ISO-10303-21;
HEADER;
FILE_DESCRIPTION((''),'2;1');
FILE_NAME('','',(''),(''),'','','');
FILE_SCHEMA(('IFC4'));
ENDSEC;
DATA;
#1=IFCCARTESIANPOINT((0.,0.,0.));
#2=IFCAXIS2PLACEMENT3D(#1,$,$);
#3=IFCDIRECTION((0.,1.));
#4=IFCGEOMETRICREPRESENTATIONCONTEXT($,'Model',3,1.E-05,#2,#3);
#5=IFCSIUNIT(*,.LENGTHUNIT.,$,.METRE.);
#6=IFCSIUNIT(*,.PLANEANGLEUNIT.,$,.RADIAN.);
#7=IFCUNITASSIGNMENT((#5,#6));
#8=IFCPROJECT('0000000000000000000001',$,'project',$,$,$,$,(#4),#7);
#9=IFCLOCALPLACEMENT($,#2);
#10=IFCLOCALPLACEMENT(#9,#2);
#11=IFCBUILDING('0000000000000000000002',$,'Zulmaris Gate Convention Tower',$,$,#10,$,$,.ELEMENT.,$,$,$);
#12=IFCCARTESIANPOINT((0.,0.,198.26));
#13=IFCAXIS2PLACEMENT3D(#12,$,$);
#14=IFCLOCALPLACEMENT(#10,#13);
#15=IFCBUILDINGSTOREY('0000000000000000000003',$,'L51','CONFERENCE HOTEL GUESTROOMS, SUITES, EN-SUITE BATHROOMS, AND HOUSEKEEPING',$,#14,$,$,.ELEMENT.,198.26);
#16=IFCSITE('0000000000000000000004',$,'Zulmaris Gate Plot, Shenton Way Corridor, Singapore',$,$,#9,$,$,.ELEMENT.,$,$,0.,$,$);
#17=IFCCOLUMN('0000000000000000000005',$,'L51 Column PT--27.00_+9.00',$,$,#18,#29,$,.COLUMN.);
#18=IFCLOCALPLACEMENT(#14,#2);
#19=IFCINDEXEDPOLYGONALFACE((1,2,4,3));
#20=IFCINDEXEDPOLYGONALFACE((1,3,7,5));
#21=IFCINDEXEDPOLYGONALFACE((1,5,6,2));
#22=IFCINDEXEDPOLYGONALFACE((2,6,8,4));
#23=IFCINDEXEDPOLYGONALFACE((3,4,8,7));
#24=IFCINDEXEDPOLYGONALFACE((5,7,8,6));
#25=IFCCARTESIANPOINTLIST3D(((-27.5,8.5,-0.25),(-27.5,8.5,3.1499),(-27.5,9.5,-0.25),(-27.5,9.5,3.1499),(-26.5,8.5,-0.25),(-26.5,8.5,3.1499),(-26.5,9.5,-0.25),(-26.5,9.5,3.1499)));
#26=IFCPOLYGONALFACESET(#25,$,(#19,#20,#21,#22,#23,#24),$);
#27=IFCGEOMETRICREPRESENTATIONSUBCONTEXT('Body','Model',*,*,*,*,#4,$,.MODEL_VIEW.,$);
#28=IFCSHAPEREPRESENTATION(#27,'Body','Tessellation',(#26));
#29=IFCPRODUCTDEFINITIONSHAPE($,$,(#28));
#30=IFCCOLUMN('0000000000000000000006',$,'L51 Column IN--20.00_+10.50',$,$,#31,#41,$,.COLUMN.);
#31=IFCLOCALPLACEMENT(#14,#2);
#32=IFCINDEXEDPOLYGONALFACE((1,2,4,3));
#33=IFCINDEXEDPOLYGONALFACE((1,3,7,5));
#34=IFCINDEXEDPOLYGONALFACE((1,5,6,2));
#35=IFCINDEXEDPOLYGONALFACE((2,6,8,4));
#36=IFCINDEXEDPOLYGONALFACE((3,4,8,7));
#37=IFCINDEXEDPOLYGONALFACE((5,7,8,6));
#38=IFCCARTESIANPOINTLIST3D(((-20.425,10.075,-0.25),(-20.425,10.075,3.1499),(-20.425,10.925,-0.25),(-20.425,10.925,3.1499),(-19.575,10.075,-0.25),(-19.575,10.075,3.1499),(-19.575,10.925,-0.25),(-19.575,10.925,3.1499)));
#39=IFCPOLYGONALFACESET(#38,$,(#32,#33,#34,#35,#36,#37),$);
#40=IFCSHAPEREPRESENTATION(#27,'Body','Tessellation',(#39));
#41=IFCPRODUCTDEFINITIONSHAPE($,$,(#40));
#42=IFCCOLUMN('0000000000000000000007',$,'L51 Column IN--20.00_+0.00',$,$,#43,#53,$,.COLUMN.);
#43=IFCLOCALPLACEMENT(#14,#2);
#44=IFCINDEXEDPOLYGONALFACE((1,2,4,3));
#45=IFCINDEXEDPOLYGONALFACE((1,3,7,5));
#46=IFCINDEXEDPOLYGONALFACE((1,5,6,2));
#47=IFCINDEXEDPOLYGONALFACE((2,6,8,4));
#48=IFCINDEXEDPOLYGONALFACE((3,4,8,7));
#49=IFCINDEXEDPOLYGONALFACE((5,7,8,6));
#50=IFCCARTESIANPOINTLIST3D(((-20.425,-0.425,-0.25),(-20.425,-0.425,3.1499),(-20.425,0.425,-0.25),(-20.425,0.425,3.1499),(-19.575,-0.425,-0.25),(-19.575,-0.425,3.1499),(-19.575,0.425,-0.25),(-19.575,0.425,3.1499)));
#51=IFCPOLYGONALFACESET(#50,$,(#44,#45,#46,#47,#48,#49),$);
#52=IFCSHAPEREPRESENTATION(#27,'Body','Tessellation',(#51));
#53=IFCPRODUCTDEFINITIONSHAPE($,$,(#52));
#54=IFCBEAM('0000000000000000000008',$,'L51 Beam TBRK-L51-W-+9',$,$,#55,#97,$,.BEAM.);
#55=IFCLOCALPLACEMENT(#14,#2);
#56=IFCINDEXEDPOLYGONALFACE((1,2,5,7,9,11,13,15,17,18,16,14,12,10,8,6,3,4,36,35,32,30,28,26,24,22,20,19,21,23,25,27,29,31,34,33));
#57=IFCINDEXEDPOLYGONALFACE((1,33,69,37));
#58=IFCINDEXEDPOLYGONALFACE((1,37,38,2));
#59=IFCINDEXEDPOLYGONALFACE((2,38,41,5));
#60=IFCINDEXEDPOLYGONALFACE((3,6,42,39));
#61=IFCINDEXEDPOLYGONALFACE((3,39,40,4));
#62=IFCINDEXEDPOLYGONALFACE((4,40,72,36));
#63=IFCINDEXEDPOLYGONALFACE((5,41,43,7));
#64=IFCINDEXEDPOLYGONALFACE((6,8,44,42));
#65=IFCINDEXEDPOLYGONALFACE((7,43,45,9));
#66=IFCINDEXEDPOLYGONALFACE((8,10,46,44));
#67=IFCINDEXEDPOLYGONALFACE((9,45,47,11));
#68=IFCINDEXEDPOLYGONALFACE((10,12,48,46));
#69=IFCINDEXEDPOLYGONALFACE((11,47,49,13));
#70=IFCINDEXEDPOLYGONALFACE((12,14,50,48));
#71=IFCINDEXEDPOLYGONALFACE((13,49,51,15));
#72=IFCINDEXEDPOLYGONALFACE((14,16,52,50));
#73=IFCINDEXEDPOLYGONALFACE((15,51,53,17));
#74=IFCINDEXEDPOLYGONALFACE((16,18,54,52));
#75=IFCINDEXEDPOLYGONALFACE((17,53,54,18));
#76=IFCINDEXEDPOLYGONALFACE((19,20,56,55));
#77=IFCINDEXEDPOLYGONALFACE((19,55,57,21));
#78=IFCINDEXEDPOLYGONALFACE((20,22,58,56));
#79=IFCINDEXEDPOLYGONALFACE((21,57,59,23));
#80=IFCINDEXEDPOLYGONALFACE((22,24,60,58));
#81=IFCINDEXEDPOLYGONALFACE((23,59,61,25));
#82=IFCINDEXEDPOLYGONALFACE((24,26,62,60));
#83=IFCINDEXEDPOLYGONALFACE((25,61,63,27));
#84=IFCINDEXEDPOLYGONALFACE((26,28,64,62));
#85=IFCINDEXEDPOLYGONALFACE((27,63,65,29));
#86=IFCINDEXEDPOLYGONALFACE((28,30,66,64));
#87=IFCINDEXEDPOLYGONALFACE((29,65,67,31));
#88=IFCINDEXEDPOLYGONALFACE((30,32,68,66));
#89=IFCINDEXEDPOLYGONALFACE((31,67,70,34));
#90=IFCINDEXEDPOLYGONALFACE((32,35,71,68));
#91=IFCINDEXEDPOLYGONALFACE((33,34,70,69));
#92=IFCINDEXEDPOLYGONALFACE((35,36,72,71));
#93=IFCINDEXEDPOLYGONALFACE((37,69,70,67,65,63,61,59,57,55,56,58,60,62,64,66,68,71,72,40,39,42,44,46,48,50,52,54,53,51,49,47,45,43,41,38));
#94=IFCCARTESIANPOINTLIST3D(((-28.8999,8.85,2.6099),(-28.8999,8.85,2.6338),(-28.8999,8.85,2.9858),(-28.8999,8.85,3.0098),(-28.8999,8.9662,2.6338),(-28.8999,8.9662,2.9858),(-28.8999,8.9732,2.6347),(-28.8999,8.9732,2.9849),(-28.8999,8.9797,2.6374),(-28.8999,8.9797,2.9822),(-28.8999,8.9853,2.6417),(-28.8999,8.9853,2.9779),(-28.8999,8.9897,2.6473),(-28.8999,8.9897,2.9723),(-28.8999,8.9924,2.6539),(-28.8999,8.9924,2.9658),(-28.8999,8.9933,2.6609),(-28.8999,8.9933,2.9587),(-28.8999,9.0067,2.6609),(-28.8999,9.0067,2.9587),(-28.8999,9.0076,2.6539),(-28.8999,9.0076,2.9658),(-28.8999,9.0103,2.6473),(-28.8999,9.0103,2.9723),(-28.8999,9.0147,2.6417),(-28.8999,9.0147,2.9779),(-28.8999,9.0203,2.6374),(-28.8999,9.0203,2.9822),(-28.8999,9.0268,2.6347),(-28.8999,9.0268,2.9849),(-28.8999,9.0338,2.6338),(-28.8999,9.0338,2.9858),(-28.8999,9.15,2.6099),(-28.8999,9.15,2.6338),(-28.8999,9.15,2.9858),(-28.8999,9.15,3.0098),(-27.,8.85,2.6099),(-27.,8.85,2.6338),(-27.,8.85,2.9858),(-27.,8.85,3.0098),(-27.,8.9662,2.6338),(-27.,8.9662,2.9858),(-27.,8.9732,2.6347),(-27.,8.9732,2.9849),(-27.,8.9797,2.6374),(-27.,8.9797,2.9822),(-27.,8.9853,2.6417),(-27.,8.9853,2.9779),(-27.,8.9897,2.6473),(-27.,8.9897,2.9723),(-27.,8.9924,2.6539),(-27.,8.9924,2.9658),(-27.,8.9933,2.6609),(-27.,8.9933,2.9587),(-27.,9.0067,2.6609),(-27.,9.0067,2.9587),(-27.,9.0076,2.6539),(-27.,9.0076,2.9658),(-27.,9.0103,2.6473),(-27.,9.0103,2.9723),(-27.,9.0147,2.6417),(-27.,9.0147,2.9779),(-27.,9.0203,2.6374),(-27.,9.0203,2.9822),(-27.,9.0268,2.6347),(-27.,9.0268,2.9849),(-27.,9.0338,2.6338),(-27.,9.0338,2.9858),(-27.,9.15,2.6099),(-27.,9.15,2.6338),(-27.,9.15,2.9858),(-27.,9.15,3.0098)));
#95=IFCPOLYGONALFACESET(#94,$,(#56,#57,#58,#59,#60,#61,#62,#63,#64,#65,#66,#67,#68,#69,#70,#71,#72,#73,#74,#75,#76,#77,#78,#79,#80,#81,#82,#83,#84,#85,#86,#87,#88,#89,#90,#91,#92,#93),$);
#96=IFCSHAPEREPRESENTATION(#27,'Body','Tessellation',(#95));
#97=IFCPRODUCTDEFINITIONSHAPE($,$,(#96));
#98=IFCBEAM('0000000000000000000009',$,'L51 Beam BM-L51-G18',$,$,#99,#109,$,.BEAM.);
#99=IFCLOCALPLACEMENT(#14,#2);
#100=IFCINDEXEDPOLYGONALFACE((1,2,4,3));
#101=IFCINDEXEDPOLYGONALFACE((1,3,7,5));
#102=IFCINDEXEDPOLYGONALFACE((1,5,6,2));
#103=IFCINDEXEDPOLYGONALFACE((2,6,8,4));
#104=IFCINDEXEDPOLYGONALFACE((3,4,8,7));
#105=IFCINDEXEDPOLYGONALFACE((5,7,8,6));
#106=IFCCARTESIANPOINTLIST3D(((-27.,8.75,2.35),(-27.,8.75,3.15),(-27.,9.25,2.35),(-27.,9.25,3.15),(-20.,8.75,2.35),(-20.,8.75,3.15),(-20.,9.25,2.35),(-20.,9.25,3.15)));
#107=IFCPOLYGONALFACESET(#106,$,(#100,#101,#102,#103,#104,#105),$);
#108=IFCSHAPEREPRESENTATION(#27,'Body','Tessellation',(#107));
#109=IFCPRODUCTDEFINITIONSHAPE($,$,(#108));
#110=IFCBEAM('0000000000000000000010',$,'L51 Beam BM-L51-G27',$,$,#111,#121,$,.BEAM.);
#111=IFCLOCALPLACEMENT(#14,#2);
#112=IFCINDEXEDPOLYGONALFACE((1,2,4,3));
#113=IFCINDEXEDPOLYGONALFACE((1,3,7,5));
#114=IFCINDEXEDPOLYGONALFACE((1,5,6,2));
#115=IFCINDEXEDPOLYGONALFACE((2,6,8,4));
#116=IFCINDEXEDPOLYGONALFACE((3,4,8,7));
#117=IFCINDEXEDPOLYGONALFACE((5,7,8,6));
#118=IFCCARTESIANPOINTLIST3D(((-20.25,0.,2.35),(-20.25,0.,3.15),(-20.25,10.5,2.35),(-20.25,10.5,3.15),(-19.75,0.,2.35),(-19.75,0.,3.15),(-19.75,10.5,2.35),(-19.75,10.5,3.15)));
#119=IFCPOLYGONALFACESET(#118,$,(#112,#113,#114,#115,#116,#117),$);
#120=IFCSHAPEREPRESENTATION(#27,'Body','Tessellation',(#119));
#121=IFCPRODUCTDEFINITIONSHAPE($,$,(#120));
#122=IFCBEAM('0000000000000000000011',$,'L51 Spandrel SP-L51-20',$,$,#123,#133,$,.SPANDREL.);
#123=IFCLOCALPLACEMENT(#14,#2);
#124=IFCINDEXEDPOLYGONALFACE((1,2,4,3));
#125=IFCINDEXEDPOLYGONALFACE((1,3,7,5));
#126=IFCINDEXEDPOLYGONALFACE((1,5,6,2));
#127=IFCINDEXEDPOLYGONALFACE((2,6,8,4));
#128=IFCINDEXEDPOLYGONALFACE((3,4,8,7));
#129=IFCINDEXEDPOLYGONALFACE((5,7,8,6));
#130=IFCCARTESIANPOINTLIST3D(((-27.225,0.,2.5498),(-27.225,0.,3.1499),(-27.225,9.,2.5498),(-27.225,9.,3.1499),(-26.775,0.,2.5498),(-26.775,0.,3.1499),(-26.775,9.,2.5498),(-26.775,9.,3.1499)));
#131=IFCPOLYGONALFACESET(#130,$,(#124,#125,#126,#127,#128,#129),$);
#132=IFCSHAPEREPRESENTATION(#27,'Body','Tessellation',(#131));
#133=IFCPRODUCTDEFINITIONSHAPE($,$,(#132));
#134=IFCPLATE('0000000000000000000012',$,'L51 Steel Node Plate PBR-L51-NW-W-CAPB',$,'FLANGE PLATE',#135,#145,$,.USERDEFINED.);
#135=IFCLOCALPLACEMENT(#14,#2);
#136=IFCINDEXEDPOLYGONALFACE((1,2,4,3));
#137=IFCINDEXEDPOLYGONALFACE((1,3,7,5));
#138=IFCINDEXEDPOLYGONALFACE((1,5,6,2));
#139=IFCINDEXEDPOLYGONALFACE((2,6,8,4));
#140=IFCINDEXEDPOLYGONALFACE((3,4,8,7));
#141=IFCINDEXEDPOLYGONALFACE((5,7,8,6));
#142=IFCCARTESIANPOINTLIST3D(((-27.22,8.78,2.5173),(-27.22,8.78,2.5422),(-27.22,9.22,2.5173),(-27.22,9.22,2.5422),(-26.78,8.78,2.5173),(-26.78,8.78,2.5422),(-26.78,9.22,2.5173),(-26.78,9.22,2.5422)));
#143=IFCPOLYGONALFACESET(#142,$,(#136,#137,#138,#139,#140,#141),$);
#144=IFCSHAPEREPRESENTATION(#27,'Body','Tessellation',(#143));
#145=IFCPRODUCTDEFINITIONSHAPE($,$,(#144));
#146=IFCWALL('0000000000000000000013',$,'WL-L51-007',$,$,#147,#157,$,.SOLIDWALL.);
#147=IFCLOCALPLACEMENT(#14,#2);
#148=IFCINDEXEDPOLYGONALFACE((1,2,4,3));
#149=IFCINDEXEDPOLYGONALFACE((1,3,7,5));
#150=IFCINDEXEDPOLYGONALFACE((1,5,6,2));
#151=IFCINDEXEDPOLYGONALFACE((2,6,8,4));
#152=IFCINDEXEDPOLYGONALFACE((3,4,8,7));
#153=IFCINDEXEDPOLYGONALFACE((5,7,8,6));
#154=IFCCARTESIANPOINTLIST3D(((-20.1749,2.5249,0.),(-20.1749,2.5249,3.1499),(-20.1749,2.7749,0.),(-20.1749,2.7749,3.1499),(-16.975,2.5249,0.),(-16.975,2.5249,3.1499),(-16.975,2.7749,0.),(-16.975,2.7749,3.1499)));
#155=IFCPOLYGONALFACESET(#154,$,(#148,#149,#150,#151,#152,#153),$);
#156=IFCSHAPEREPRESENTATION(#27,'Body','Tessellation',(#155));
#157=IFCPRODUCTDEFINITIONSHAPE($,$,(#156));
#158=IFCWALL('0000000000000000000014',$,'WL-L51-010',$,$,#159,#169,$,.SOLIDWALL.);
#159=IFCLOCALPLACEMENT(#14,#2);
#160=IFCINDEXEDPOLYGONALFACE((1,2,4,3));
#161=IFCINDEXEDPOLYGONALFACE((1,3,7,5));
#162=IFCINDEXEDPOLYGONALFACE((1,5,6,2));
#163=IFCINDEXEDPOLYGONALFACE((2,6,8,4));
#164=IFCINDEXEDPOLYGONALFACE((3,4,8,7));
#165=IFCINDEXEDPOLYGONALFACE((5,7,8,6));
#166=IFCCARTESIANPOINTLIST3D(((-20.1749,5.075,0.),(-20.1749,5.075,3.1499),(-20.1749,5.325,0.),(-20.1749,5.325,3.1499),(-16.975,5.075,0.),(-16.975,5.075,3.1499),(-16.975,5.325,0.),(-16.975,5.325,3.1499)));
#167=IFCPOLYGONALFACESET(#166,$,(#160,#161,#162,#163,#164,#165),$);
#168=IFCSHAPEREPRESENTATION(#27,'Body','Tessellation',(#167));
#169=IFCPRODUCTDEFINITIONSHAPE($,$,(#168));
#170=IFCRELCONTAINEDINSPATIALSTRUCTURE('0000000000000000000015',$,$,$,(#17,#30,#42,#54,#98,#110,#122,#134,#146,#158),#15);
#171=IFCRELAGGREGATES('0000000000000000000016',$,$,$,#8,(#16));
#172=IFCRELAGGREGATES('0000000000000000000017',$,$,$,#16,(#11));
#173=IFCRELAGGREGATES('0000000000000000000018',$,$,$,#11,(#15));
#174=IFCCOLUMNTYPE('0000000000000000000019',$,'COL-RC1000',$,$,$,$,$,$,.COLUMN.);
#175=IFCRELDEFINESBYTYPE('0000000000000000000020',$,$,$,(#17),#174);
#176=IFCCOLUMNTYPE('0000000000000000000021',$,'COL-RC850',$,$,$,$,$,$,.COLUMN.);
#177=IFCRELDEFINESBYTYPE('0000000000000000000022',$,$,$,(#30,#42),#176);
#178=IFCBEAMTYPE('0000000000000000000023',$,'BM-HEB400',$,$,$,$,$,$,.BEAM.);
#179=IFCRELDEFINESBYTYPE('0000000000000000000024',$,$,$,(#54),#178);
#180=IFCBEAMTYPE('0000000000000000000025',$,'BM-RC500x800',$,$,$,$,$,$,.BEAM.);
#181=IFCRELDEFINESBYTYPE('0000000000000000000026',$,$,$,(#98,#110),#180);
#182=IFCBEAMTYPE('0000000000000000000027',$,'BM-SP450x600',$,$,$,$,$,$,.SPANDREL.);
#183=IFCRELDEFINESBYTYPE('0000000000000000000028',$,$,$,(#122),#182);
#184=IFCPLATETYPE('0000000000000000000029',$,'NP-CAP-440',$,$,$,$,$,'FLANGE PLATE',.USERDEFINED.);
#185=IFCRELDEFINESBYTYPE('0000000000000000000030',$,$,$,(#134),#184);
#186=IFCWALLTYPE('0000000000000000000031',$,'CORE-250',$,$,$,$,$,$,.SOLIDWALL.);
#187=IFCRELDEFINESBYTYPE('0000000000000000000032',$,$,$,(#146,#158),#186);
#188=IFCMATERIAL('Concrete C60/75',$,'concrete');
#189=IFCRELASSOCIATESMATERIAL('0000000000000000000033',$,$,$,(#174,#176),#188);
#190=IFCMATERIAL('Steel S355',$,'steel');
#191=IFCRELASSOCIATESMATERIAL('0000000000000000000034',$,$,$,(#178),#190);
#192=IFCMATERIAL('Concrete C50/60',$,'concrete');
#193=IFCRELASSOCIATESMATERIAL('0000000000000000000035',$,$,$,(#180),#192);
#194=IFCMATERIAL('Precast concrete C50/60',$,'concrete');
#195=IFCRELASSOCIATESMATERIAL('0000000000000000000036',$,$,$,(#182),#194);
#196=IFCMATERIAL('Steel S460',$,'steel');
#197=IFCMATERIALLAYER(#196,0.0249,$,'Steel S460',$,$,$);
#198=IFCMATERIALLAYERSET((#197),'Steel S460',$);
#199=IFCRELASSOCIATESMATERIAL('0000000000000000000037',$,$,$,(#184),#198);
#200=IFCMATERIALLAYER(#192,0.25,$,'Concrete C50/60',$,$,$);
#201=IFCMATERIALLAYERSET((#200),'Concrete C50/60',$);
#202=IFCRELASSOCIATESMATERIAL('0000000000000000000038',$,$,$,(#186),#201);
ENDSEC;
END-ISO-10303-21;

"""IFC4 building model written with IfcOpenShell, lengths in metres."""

from ifc_helpers import new_model, si_unit, direction, frame, frame_2d, origin, origin_2d, place, context, subcontext, project, spatial, rectangle, i_section, extrude, material, layer, layer_set, material_profile, profile_set, type_object, element, save


model = new_model("IFC4")

# Units and contexts
model_context = context("Model", 3, precision=1e-05, world=origin(), true_north=direction((0.0, 1.0)))
body_context = subcontext(model_context, "Body", "Model", "MODEL_VIEW")
ifc_project = project(units=[si_unit("LENGTHUNIT", "METRE"), si_unit("PLANEANGLEUNIT", "RADIAN")], contexts=[model_context])

# Site, building, storey
site_placement = place(None, origin())
site = spatial("IfcSite", under=ifc_project, at=site_placement, Name="Zulmaris Gate Plot, Shenton Way Corridor, Singapore", CompositionType="ELEMENT", RefElevation=0.0)
building_placement = place(site_placement, origin())
building = spatial("IfcBuilding", under=site, at=building_placement, Name="Zulmaris Gate Convention Tower", CompositionType="ELEMENT")
storey_placement = place(building_placement, frame((0.0, 0.0, 198.26)))
storey = spatial("IfcBuildingStorey", under=building, at=storey_placement, Name="L51", Description="CONFERENCE HOTEL GUESTROOMS, SUITES, EN-SUITE BATHROOMS, AND HOUSEKEEPING", CompositionType="ELEMENT", Elevation=198.26)

# Columns
ifc_material_1 = material(Name="Concrete C60/75", Category="concrete")
ifc_material_profile_1 = material_profile(ifc_material_1, rectangle(XDim=1.0, YDim=1.0, at=origin_2d()), Name="RC COL 1000x1000")
ifc_profile_set_1 = profile_set([ifc_material_profile_1], Name="Concrete C60/75")
column_type_1 = type_object("IfcColumnType", Name="COL-RC1000", PredefinedType="COLUMN", material=ifc_profile_set_1)
column_placement = place(storey_placement, frame((-27.0, 9.0, -0.25), z_axis=(0.0, 0.0, 1.0), x_axis=(1.0, 0.0, 0.0)))
element("IfcColumn", 1, at=column_placement, inside=storey, type_object=column_type_1, Name="L51 Column PT--27.00_+9.00", PredefinedType="COLUMN", context=body_context, shape_type="SweptSolid", body=[
    extrude(rectangle(XDim=1.0, YDim=1.0, at=origin_2d()), origin(), (0.0, 0.0, 1.0), 3.3999),
])
ifc_material_profile_2 = material_profile(ifc_material_1, rectangle(XDim=0.8501, YDim=0.8501, at=origin_2d()), Name="RC COL 850x850")
ifc_profile_set_2 = profile_set([ifc_material_profile_2], Name="Concrete C60/75")
column_type_2 = type_object("IfcColumnType", Name="COL-RC850", PredefinedType="COLUMN", material=ifc_profile_set_2)
for number, where, z_axis, x_axis, name in (
    (2, (-20.0, 10.5, -0.25), (0.0, 0.0, 1.0), (1.0, 0.0, 0.0), "L51 Column IN--20.00_+10.50"),
    (3, (-20.0, 0.0, -0.25), (0.0, 0.0, 1.0), (1.0, 0.0, 0.0), "L51 Column IN--20.00_+0.00"),
):
    element("IfcColumn", number, at=place(storey_placement, frame(where, z_axis=z_axis, x_axis=x_axis)), inside=storey, type_object=column_type_2, Name=name, PredefinedType="COLUMN", context=body_context, shape_type="SweptSolid", body=[
        extrude(rectangle(XDim=0.8501, YDim=0.8501, at=origin_2d()), origin(), (0.0, 0.0, 1.0), 3.3999),
    ])

# Beams
ifc_material_2 = material(Name="Steel S355", Category="steel")
ifc_material_profile_3 = material_profile(ifc_material_2, i_section(OverallWidth=0.3, OverallDepth=0.3999, WebThickness=0.0134, FlangeThickness=0.0239, FilletRadius=0.0271, at=origin_2d()), Name="HEB 400")
ifc_profile_set_3 = profile_set([ifc_material_profile_3], Name="Steel S355")
beam_type_1 = type_object("IfcBeamType", Name="BM-HEB400", PredefinedType="BEAM", material=ifc_profile_set_3)
beam_1_placement = place(storey_placement, frame((-28.8999, 9.0, 2.8098), z_axis=(1.0, 0.0, 0.0), x_axis=(0.0, 1.0, 0.0)))
element("IfcBeam", 4, at=beam_1_placement, inside=storey, type_object=beam_type_1, Name="L51 Beam TBRK-L51-W-+9", PredefinedType="BEAM", context=body_context, shape_type="SweptSolid", body=[
    extrude(i_section(OverallWidth=0.3, OverallDepth=0.3999, WebThickness=0.0134, FlangeThickness=0.0239, FilletRadius=0.0271, at=origin_2d()), origin(), (0.0, 0.0, 1.0), 1.8999),
])
ifc_material_3 = material(Name="Concrete C50/60", Category="concrete")
ifc_material_profile_4 = material_profile(ifc_material_3, rectangle(XDim=0.5, YDim=0.8, at=origin_2d()), Name="RC BEAM 500x800")
ifc_profile_set_4 = profile_set([ifc_material_profile_4], Name="Concrete C50/60")
beam_type_2 = type_object("IfcBeamType", Name="BM-RC500x800", PredefinedType="BEAM", material=ifc_profile_set_4)
beam_2_placement = place(storey_placement, frame((-27.0, 9.0, 2.75), z_axis=(1.0, 0.0, 0.0), x_axis=(0.0, 1.0, 0.0)))
element("IfcBeam", 5, at=beam_2_placement, inside=storey, type_object=beam_type_2, Name="L51 Beam BM-L51-G18", PredefinedType="BEAM", context=body_context, shape_type="SweptSolid", body=[
    extrude(rectangle(XDim=0.5, YDim=0.8, at=origin_2d()), origin(), (0.0, 0.0, 1.0), 7.0),
])
beam_3_placement = place(storey_placement, frame((-20.0, 0.0, 2.75), z_axis=(0.0, 1.0, 0.0), x_axis=(-1.0, 0.0, 0.0)))
element("IfcBeam", 6, at=beam_3_placement, inside=storey, type_object=beam_type_2, Name="L51 Beam BM-L51-G27", PredefinedType="BEAM", context=body_context, shape_type="SweptSolid", body=[
    extrude(rectangle(XDim=0.5, YDim=0.8, at=origin_2d()), origin(), (0.0, 0.0, 1.0), 10.5),
])
ifc_material_4 = material(Name="Precast concrete C50/60", Category="concrete")
ifc_material_profile_5 = material_profile(ifc_material_4, rectangle(XDim=0.45, YDim=0.6001, at=origin_2d()), Name="RC SPANDREL 450x600")
ifc_profile_set_5 = profile_set([ifc_material_profile_5], Name="Precast concrete C50/60")
beam_type_3 = type_object("IfcBeamType", Name="BM-SP450x600", PredefinedType="SPANDREL", material=ifc_profile_set_5)
beam_4_placement = place(storey_placement, frame((-27.0, 9.0, 2.8499), z_axis=(0.0, -1.0, 0.0), x_axis=(1.0, 0.0, 0.0)))
element("IfcBeam", 7, at=beam_4_placement, inside=storey, type_object=beam_type_3, Name="L51 Spandrel SP-L51-20", PredefinedType="SPANDREL", context=body_context, shape_type="SweptSolid", body=[
    extrude(rectangle(XDim=0.45, YDim=0.6001, at=origin_2d()), origin(), (0.0, 0.0, 1.0), 9.0),
])

# Plate
ifc_material_5 = material(Name="Steel S460", Category="steel")
ifc_layer_1 = layer(ifc_material_5, 0.0249, Name="Steel S460")
ifc_layer_set_1 = layer_set([ifc_layer_1], Name="Steel S460")
plate_type = type_object("IfcPlateType", Name="NP-CAP-440", ElementType="FLANGE PLATE", PredefinedType="USERDEFINED", material=ifc_layer_set_1)
plate_placement = place(storey_placement, frame((-27.0, 9.0, 2.5173), z_axis=(0.0, 0.0, 1.0), x_axis=(1.0, 0.0, 0.0)))
element("IfcPlate", 8, at=plate_placement, inside=storey, type_object=plate_type, Name="L51 Steel Node Plate PBR-L51-NW-W-CAPB", ObjectType="FLANGE PLATE", PredefinedType="USERDEFINED", context=body_context, shape_type="SweptSolid", body=[
    extrude(rectangle(XDim=0.4399, YDim=0.4399, at=origin_2d()), origin(), (0.0, 0.0, 1.0), 0.0249),
])

# Walls
ifc_layer_2 = layer(ifc_material_3, 0.25, Name="Concrete C50/60")
ifc_layer_set_2 = layer_set([ifc_layer_2], Name="Concrete C50/60")
wall_type_1 = type_object("IfcWallType", Name="CORE-250", PredefinedType="SOLIDWALL", material=ifc_layer_set_2)
for number, where, z_axis, x_axis, name in (
    (9, (-20.175, 2.6499, 0.0), (0.0, 0.0, 1.0), (1.0, 0.0, 0.0), "WL-L51-007"),
    (10, (-20.175, 5.2, 0.0), (0.0, 0.0, 1.0), (1.0, 0.0, 0.0), "WL-L51-010"),
):
    element("IfcWall", number, at=place(storey_placement, frame(where, z_axis=z_axis, x_axis=x_axis)), inside=storey, type_object=wall_type_1, Name=name, PredefinedType="SOLIDWALL", context=body_context, shape_type="SweptSolid", body=[
        extrude(rectangle(XDim=3.2, YDim=0.25, at=frame_2d((1.6001, 0.0))), origin(), (0.0, 0.0, 1.0), 3.1499),
    ])

save(model, "model.ifc")
